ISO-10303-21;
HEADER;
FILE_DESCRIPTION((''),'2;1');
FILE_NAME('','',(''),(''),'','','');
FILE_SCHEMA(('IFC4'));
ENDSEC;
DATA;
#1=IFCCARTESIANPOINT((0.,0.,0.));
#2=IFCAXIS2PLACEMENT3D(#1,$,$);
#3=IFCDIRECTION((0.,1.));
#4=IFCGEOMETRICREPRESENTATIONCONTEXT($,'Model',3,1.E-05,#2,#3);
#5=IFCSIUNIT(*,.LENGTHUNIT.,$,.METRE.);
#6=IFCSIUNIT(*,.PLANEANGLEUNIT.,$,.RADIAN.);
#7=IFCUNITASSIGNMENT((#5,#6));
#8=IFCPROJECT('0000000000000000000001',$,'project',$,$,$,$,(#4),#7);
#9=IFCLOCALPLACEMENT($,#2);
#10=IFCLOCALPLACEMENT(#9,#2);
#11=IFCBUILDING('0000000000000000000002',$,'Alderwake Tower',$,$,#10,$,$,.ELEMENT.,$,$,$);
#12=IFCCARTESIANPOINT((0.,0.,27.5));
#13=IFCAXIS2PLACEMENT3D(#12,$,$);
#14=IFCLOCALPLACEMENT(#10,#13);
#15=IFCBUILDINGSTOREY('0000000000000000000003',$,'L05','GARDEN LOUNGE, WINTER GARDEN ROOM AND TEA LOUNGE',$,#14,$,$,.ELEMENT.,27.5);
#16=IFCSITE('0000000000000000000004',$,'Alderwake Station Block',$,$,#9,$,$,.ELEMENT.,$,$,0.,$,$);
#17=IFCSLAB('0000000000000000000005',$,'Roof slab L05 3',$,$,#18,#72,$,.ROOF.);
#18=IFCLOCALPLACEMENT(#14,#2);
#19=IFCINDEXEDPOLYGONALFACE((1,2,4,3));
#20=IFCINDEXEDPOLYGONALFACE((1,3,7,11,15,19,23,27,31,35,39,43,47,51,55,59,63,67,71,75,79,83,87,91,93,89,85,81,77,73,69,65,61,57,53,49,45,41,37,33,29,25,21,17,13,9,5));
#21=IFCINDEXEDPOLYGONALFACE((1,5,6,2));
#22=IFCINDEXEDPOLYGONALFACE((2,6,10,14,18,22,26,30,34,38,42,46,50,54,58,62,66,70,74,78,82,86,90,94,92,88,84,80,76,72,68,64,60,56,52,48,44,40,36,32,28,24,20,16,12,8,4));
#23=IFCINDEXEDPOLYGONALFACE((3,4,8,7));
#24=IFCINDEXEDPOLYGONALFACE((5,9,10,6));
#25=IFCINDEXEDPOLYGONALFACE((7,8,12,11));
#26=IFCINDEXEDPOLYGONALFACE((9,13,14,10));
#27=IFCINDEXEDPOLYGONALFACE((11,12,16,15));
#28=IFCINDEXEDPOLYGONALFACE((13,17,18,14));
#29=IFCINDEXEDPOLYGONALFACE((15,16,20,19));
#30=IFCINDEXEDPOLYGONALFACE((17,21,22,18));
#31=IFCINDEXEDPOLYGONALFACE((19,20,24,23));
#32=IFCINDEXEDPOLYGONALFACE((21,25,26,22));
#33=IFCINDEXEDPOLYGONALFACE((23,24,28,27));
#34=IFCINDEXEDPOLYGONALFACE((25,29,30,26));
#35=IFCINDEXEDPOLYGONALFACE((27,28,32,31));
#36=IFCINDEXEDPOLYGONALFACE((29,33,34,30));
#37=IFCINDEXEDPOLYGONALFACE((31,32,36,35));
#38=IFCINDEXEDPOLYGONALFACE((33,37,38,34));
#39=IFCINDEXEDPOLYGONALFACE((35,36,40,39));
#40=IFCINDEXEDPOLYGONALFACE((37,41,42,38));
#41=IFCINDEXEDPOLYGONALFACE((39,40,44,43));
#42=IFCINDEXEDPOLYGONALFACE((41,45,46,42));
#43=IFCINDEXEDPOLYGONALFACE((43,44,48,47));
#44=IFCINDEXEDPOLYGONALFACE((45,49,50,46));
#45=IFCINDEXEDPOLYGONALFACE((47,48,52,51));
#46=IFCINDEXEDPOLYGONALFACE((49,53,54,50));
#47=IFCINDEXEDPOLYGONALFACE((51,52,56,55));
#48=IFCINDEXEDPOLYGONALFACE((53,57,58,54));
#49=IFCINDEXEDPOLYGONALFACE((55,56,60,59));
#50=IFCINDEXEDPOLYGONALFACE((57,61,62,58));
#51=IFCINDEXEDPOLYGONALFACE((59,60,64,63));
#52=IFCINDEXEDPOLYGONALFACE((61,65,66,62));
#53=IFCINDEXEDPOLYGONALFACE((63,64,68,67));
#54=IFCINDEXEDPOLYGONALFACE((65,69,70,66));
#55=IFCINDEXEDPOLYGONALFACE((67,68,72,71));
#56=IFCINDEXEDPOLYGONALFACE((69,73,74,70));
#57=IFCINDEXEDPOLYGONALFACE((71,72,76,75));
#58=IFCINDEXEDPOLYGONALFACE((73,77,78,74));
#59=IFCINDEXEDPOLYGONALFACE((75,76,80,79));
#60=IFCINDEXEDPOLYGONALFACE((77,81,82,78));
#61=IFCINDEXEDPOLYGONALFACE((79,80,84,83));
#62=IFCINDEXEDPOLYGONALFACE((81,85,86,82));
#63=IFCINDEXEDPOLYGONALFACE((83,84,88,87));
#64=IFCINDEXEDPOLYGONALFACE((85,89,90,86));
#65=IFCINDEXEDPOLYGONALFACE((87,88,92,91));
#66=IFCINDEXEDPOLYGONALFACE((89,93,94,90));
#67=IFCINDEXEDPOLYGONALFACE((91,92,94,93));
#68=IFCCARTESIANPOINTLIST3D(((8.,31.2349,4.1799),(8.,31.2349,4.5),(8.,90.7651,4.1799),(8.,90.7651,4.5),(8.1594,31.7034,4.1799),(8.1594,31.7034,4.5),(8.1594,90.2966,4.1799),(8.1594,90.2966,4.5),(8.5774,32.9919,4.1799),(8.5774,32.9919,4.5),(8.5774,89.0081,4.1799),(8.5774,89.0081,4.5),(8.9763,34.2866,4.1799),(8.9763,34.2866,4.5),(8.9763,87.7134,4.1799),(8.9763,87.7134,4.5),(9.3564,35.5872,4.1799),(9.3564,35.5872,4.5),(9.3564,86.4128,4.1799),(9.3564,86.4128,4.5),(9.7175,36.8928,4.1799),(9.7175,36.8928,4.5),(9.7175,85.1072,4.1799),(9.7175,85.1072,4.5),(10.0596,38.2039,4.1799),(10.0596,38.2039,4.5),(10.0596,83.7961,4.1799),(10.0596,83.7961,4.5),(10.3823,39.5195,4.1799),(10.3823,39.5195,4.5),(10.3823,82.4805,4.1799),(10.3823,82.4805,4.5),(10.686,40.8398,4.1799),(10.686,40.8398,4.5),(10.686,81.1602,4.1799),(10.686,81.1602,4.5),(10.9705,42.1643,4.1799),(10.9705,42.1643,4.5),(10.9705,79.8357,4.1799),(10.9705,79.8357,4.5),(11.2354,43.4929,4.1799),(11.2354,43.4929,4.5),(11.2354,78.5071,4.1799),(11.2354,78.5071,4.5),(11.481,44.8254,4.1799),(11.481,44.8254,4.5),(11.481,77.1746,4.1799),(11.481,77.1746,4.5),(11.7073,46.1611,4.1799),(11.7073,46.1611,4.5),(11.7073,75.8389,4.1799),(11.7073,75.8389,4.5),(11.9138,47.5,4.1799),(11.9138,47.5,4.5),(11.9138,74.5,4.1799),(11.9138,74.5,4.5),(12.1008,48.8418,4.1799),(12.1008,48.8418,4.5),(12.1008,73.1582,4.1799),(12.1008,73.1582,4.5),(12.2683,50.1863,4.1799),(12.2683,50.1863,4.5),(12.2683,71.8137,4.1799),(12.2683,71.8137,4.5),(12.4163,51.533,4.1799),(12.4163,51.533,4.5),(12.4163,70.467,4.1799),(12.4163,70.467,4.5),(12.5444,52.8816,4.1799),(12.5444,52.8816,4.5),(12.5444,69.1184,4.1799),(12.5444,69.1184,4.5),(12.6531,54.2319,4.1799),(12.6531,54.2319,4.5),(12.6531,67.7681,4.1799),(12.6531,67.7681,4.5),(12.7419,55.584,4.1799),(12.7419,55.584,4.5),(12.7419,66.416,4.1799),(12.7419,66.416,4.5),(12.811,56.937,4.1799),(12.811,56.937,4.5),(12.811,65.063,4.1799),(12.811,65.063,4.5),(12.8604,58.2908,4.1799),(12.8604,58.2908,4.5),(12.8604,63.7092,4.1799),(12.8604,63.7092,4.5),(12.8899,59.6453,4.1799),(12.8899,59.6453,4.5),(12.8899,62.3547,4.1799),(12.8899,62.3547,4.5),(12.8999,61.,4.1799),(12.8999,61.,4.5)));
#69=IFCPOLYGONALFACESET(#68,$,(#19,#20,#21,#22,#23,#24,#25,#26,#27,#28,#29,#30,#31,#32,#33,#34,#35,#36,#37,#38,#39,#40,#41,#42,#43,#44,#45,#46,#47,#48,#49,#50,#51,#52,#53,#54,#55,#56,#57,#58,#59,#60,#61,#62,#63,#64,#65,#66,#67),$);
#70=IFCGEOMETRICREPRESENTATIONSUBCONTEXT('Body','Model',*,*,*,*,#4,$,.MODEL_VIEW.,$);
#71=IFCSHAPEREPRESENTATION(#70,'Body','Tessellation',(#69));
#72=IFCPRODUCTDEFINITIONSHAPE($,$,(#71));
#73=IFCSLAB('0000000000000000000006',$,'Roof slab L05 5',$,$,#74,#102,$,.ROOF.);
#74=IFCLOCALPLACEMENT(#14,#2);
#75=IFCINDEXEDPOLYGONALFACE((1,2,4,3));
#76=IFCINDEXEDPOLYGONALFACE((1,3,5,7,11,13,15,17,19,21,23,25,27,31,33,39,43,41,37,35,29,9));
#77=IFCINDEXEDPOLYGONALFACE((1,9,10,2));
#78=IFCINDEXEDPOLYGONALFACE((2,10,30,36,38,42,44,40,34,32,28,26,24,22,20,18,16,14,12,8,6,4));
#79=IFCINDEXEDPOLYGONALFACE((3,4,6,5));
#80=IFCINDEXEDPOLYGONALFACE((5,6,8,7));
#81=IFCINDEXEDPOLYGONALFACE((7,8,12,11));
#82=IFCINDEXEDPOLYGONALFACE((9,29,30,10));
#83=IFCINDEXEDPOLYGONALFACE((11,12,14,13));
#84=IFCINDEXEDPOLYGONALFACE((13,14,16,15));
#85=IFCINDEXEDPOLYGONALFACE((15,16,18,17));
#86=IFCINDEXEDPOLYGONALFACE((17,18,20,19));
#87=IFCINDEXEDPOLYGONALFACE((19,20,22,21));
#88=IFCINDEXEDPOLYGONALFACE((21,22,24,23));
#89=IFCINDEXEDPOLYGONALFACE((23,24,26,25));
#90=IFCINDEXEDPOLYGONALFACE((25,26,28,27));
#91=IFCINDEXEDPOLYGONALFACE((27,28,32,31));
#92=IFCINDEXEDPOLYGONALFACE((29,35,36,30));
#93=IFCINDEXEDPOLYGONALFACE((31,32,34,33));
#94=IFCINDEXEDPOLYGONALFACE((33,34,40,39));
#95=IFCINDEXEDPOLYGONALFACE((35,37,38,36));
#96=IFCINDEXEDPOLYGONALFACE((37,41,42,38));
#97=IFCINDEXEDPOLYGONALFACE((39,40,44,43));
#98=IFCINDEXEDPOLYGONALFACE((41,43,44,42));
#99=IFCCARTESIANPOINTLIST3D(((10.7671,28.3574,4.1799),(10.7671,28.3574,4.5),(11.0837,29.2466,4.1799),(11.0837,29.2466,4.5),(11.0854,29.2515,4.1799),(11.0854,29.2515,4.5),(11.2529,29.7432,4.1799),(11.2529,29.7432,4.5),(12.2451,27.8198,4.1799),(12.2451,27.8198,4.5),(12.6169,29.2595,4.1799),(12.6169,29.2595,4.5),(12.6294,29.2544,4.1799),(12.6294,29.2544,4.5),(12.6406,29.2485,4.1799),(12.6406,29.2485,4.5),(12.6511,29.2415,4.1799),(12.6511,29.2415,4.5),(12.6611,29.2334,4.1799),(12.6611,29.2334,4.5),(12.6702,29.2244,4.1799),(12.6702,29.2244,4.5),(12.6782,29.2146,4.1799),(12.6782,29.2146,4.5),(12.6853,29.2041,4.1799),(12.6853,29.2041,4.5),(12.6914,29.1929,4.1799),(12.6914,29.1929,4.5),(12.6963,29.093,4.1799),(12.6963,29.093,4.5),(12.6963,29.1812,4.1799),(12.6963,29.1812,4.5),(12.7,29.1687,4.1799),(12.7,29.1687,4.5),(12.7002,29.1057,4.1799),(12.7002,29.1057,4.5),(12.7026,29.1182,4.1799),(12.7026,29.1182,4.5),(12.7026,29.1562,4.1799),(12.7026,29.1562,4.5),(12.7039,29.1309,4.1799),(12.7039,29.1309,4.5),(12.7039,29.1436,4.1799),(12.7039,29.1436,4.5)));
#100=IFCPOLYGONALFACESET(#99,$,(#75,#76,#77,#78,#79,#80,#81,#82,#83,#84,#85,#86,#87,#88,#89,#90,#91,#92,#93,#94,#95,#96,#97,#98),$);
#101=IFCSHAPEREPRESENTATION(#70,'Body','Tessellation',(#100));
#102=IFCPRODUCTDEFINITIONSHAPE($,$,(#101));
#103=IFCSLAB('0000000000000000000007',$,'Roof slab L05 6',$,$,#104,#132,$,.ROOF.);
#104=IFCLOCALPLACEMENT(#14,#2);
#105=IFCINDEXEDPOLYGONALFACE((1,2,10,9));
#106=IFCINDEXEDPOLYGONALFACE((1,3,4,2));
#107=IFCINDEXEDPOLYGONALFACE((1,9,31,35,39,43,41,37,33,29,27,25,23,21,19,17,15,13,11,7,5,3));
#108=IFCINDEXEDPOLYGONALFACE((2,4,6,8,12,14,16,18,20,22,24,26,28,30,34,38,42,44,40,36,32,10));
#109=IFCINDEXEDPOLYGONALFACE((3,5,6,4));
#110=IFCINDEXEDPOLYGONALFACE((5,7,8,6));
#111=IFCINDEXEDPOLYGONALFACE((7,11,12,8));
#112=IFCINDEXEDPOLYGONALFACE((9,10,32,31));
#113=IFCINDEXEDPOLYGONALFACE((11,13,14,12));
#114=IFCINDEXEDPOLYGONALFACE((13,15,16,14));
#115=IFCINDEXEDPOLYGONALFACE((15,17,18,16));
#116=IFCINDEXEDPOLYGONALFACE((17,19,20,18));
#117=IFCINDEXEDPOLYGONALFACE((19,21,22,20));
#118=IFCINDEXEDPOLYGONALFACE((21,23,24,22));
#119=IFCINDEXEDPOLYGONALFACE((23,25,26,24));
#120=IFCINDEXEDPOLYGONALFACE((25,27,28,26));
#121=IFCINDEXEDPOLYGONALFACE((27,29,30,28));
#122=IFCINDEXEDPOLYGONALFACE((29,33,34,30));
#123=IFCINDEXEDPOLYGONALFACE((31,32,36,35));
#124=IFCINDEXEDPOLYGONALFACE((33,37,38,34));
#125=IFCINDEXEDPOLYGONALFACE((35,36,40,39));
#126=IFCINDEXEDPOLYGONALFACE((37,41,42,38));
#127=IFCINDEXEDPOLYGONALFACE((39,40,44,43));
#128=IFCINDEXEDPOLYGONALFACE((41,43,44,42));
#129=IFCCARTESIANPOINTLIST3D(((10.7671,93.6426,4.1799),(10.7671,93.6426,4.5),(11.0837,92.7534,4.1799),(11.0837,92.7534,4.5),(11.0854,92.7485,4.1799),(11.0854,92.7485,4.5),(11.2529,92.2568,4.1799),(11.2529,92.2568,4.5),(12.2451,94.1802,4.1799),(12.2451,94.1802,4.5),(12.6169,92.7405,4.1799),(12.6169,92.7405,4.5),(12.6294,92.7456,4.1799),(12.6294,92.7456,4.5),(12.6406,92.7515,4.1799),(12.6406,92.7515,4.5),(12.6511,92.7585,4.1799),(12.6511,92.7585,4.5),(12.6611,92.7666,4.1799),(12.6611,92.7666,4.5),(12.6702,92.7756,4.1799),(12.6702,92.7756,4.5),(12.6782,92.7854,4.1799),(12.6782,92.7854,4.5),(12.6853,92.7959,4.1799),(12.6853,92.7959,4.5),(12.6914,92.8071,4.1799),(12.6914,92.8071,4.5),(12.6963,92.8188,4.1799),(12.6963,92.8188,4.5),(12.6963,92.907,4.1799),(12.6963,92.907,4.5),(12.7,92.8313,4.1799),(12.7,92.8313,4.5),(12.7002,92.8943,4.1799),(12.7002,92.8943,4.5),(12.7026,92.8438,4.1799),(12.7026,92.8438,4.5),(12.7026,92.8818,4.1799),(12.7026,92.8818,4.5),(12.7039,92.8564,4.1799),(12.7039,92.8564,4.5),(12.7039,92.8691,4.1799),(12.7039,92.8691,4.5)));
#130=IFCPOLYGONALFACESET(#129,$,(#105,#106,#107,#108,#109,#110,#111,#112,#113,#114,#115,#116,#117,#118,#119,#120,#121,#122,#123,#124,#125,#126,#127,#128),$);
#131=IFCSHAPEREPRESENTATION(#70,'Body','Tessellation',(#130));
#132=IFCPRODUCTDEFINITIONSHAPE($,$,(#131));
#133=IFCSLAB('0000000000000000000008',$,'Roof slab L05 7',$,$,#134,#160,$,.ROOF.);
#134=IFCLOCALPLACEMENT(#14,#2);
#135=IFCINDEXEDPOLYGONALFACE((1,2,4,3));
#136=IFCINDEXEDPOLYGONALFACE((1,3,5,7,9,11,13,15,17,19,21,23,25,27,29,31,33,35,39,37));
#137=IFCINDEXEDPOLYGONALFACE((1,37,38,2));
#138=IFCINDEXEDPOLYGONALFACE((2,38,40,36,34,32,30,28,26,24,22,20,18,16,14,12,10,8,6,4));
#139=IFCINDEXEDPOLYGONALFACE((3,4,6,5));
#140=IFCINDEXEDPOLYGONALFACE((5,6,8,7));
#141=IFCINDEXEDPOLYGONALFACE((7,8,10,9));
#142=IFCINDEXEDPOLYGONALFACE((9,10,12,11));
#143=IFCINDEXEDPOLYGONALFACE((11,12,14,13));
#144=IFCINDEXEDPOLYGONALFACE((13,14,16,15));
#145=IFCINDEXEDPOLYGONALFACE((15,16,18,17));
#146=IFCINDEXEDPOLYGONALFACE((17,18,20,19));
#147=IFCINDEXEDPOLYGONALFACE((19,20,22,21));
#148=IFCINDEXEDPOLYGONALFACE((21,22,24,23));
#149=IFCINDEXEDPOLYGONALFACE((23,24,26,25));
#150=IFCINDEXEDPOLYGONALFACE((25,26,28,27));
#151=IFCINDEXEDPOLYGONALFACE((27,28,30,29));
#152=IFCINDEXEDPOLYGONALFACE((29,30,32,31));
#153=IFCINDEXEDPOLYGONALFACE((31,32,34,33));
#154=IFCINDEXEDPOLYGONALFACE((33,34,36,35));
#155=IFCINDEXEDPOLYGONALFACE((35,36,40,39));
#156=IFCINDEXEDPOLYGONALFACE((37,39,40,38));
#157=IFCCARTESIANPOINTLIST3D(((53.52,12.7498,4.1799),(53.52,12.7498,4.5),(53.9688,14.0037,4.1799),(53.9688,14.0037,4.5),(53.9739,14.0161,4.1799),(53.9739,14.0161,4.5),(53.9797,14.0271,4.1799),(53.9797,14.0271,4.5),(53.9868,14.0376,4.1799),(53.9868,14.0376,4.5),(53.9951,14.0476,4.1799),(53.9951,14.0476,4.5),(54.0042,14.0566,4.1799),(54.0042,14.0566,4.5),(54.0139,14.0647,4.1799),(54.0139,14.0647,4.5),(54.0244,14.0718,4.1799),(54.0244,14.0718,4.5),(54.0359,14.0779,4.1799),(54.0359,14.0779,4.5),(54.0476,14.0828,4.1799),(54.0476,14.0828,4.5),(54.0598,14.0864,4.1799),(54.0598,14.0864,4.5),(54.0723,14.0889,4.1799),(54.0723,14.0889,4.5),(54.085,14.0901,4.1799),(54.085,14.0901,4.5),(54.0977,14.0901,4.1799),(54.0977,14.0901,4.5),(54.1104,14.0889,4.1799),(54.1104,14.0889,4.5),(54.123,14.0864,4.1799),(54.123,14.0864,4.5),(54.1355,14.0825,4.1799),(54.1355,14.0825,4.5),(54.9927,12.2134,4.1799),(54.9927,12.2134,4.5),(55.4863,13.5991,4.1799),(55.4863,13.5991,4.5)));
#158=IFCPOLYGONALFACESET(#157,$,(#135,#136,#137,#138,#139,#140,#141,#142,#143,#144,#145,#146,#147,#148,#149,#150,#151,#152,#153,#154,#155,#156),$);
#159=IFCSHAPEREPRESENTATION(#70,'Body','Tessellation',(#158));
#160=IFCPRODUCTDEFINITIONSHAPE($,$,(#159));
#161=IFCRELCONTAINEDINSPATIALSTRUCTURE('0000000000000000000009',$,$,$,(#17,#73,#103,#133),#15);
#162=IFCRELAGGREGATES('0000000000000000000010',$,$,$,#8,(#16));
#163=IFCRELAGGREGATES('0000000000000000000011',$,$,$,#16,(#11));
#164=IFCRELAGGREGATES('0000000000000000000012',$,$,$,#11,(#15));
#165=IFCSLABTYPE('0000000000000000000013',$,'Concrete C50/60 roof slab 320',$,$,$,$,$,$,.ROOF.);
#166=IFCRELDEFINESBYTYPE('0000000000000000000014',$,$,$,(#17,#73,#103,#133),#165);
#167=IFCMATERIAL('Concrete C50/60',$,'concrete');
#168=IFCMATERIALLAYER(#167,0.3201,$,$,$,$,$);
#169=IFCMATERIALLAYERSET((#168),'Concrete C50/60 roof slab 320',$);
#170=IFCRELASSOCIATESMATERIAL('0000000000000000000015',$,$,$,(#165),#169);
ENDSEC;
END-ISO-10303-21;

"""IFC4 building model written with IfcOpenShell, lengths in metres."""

from ifc_helpers import new_model, si_unit, direction, frame, origin, place, context, subcontext, project, spatial, polyline, outline, extrude, material, layer, layer_set, type_object, element, save


model = new_model("IFC4")

# Units and contexts
model_context = context("Model", 3, precision=1e-05, world=origin(), true_north=direction((0.0, 1.0)))
body_context = subcontext(model_context, "Body", "Model", "MODEL_VIEW")
ifc_project = project(units=[si_unit("LENGTHUNIT", "METRE"), si_unit("PLANEANGLEUNIT", "RADIAN")], contexts=[model_context])

# Site, building, storey
site_placement = place(None, origin())
site = spatial("IfcSite", under=ifc_project, at=site_placement, Name="Alderwake Station Block", CompositionType="ELEMENT", RefElevation=0.0)
building_placement = place(site_placement, origin())
building = spatial("IfcBuilding", under=site, at=building_placement, Name="Alderwake Tower", CompositionType="ELEMENT")
storey_placement = place(building_placement, frame((0.0, 0.0, 27.5)))
storey = spatial("IfcBuildingStorey", under=building, at=storey_placement, Name="L05", Description="GARDEN LOUNGE, WINTER GARDEN ROOM AND TEA LOUNGE", CompositionType="ELEMENT", Elevation=27.5)

# Slabs
ifc_material_1 = material(Name="Concrete C50/60", Category="concrete")
ifc_layer_1 = layer(ifc_material_1, 0.3201)
ifc_layer_set_1 = layer_set([ifc_layer_1], Name="Concrete C50/60 roof slab 320")
slab_type_1 = type_object("IfcSlabType", Name="Concrete C50/60 roof slab 320", PredefinedType="ROOF", material=ifc_layer_set_1)
slab_1_placement = place(storey_placement, frame((0.0, 0.0, 4.1799)))
element("IfcSlab", 1, at=slab_1_placement, inside=storey, type_object=slab_type_1, Name="Roof slab L05 3", PredefinedType="ROOF", context=body_context, shape_type="SweptSolid", body=[
    extrude(outline(polyline([(8.1594, 90.2966), (8.5774, 89.0081), (8.9763, 87.7134), (9.3564, 86.4128), (9.7175, 85.1072), (10.0596, 83.7961), (10.3823, 82.4805), (10.686, 81.1602), (10.9705, 79.8357), (11.2354, 78.5071), (11.481, 77.1746), (11.7073, 75.8389), (11.9138, 74.5), (12.1008, 73.1582), (12.2683, 71.8137), (12.4163, 70.467), (12.5444, 69.1184), (12.6531, 67.7681), (12.7419, 66.416), (12.811, 65.063), (12.8604, 63.7092), (12.8899, 62.3547), (12.8999, 61.0), (12.8899, 59.6453), (12.8604, 58.2908), (12.811, 56.937), (12.7419, 55.584), (12.6531, 54.2319), (12.5444, 52.8816), (12.4163, 51.533), (12.2683, 50.1863), (12.1008, 48.8418), (11.9138, 47.5), (11.7073, 46.1611), (11.481, 44.8254), (11.2354, 43.4929), (10.9705, 42.1643), (10.686, 40.8398), (10.3823, 39.5195), (10.0596, 38.2039), (9.7175, 36.8928), (9.3564, 35.5872), (8.9763, 34.2866), (8.5774, 32.9919), (8.1594, 31.7034), (8.0, 31.2349), (8.0, 90.7651), (8.1594, 90.2966)])), origin(), (0.0, 0.0, 1.0), 0.3201),
])
slab_2_placement = place(storey_placement, frame((0.0, 0.0, 4.1799)))
element("IfcSlab", 2, at=slab_2_placement, inside=storey, type_object=slab_type_1, Name="Roof slab L05 5", PredefinedType="ROOF", context=body_context, shape_type="SweptSolid", body=[
    extrude(outline(polyline([(12.6294, 29.2544), (12.6169, 29.2595), (11.2529, 29.7432), (11.0854, 29.2515), (11.0837, 29.2466), (10.7671, 28.3574), (12.2451, 27.8198), (12.6963, 29.093), (12.7002, 29.1057), (12.7026, 29.1182), (12.7039, 29.1309), (12.7039, 29.1436), (12.7026, 29.1562), (12.7, 29.1687), (12.6963, 29.1812), (12.6914, 29.1929), (12.6853, 29.2041), (12.6782, 29.2146), (12.6702, 29.2244), (12.6611, 29.2334), (12.6511, 29.2415), (12.6406, 29.2485), (12.6294, 29.2544)])), origin(), (0.0, 0.0, 1.0), 0.3201),
])
slab_3_placement = place(storey_placement, frame((0.0, 0.0, 4.1799)))
element("IfcSlab", 3, at=slab_3_placement, inside=storey, type_object=slab_type_1, Name="Roof slab L05 6", PredefinedType="ROOF", context=body_context, shape_type="SweptSolid", body=[
    extrude(outline(polyline([(12.7002, 92.8943), (12.6963, 92.907), (12.2451, 94.1802), (10.7671, 93.6426), (11.0837, 92.7534), (11.0854, 92.7485), (11.2529, 92.2568), (12.6169, 92.7405), (12.6294, 92.7456), (12.6406, 92.7515), (12.6511, 92.7585), (12.6611, 92.7666), (12.6702, 92.7756), (12.6782, 92.7854), (12.6853, 92.7959), (12.6914, 92.8071), (12.6963, 92.8188), (12.7, 92.8313), (12.7026, 92.8438), (12.7039, 92.8564), (12.7039, 92.8691), (12.7026, 92.8818), (12.7002, 92.8943)])), origin(), (0.0, 0.0, 1.0), 0.3201),
])
slab_4_placement = place(storey_placement, frame((0.0, 0.0, 4.1799)))
element("IfcSlab", 4, at=slab_4_placement, inside=storey, type_object=slab_type_1, Name="Roof slab L05 7", PredefinedType="ROOF", context=body_context, shape_type="SweptSolid", body=[
    extrude(outline(polyline([(53.9739, 14.0161), (53.9688, 14.0037), (53.52, 12.7498), (54.9927, 12.2134), (55.4863, 13.5991), (54.1355, 14.0825), (54.123, 14.0864), (54.1104, 14.0889), (54.0977, 14.0901), (54.085, 14.0901), (54.0723, 14.0889), (54.0598, 14.0864), (54.0476, 14.0828), (54.0359, 14.0779), (54.0244, 14.0718), (54.0139, 14.0647), (54.0042, 14.0566), (53.9951, 14.0476), (53.9868, 14.0376), (53.9797, 14.0271), (53.9739, 14.0161)])), origin(), (0.0, 0.0, 1.0), 0.3201),
])

save(model, "model.ifc")
